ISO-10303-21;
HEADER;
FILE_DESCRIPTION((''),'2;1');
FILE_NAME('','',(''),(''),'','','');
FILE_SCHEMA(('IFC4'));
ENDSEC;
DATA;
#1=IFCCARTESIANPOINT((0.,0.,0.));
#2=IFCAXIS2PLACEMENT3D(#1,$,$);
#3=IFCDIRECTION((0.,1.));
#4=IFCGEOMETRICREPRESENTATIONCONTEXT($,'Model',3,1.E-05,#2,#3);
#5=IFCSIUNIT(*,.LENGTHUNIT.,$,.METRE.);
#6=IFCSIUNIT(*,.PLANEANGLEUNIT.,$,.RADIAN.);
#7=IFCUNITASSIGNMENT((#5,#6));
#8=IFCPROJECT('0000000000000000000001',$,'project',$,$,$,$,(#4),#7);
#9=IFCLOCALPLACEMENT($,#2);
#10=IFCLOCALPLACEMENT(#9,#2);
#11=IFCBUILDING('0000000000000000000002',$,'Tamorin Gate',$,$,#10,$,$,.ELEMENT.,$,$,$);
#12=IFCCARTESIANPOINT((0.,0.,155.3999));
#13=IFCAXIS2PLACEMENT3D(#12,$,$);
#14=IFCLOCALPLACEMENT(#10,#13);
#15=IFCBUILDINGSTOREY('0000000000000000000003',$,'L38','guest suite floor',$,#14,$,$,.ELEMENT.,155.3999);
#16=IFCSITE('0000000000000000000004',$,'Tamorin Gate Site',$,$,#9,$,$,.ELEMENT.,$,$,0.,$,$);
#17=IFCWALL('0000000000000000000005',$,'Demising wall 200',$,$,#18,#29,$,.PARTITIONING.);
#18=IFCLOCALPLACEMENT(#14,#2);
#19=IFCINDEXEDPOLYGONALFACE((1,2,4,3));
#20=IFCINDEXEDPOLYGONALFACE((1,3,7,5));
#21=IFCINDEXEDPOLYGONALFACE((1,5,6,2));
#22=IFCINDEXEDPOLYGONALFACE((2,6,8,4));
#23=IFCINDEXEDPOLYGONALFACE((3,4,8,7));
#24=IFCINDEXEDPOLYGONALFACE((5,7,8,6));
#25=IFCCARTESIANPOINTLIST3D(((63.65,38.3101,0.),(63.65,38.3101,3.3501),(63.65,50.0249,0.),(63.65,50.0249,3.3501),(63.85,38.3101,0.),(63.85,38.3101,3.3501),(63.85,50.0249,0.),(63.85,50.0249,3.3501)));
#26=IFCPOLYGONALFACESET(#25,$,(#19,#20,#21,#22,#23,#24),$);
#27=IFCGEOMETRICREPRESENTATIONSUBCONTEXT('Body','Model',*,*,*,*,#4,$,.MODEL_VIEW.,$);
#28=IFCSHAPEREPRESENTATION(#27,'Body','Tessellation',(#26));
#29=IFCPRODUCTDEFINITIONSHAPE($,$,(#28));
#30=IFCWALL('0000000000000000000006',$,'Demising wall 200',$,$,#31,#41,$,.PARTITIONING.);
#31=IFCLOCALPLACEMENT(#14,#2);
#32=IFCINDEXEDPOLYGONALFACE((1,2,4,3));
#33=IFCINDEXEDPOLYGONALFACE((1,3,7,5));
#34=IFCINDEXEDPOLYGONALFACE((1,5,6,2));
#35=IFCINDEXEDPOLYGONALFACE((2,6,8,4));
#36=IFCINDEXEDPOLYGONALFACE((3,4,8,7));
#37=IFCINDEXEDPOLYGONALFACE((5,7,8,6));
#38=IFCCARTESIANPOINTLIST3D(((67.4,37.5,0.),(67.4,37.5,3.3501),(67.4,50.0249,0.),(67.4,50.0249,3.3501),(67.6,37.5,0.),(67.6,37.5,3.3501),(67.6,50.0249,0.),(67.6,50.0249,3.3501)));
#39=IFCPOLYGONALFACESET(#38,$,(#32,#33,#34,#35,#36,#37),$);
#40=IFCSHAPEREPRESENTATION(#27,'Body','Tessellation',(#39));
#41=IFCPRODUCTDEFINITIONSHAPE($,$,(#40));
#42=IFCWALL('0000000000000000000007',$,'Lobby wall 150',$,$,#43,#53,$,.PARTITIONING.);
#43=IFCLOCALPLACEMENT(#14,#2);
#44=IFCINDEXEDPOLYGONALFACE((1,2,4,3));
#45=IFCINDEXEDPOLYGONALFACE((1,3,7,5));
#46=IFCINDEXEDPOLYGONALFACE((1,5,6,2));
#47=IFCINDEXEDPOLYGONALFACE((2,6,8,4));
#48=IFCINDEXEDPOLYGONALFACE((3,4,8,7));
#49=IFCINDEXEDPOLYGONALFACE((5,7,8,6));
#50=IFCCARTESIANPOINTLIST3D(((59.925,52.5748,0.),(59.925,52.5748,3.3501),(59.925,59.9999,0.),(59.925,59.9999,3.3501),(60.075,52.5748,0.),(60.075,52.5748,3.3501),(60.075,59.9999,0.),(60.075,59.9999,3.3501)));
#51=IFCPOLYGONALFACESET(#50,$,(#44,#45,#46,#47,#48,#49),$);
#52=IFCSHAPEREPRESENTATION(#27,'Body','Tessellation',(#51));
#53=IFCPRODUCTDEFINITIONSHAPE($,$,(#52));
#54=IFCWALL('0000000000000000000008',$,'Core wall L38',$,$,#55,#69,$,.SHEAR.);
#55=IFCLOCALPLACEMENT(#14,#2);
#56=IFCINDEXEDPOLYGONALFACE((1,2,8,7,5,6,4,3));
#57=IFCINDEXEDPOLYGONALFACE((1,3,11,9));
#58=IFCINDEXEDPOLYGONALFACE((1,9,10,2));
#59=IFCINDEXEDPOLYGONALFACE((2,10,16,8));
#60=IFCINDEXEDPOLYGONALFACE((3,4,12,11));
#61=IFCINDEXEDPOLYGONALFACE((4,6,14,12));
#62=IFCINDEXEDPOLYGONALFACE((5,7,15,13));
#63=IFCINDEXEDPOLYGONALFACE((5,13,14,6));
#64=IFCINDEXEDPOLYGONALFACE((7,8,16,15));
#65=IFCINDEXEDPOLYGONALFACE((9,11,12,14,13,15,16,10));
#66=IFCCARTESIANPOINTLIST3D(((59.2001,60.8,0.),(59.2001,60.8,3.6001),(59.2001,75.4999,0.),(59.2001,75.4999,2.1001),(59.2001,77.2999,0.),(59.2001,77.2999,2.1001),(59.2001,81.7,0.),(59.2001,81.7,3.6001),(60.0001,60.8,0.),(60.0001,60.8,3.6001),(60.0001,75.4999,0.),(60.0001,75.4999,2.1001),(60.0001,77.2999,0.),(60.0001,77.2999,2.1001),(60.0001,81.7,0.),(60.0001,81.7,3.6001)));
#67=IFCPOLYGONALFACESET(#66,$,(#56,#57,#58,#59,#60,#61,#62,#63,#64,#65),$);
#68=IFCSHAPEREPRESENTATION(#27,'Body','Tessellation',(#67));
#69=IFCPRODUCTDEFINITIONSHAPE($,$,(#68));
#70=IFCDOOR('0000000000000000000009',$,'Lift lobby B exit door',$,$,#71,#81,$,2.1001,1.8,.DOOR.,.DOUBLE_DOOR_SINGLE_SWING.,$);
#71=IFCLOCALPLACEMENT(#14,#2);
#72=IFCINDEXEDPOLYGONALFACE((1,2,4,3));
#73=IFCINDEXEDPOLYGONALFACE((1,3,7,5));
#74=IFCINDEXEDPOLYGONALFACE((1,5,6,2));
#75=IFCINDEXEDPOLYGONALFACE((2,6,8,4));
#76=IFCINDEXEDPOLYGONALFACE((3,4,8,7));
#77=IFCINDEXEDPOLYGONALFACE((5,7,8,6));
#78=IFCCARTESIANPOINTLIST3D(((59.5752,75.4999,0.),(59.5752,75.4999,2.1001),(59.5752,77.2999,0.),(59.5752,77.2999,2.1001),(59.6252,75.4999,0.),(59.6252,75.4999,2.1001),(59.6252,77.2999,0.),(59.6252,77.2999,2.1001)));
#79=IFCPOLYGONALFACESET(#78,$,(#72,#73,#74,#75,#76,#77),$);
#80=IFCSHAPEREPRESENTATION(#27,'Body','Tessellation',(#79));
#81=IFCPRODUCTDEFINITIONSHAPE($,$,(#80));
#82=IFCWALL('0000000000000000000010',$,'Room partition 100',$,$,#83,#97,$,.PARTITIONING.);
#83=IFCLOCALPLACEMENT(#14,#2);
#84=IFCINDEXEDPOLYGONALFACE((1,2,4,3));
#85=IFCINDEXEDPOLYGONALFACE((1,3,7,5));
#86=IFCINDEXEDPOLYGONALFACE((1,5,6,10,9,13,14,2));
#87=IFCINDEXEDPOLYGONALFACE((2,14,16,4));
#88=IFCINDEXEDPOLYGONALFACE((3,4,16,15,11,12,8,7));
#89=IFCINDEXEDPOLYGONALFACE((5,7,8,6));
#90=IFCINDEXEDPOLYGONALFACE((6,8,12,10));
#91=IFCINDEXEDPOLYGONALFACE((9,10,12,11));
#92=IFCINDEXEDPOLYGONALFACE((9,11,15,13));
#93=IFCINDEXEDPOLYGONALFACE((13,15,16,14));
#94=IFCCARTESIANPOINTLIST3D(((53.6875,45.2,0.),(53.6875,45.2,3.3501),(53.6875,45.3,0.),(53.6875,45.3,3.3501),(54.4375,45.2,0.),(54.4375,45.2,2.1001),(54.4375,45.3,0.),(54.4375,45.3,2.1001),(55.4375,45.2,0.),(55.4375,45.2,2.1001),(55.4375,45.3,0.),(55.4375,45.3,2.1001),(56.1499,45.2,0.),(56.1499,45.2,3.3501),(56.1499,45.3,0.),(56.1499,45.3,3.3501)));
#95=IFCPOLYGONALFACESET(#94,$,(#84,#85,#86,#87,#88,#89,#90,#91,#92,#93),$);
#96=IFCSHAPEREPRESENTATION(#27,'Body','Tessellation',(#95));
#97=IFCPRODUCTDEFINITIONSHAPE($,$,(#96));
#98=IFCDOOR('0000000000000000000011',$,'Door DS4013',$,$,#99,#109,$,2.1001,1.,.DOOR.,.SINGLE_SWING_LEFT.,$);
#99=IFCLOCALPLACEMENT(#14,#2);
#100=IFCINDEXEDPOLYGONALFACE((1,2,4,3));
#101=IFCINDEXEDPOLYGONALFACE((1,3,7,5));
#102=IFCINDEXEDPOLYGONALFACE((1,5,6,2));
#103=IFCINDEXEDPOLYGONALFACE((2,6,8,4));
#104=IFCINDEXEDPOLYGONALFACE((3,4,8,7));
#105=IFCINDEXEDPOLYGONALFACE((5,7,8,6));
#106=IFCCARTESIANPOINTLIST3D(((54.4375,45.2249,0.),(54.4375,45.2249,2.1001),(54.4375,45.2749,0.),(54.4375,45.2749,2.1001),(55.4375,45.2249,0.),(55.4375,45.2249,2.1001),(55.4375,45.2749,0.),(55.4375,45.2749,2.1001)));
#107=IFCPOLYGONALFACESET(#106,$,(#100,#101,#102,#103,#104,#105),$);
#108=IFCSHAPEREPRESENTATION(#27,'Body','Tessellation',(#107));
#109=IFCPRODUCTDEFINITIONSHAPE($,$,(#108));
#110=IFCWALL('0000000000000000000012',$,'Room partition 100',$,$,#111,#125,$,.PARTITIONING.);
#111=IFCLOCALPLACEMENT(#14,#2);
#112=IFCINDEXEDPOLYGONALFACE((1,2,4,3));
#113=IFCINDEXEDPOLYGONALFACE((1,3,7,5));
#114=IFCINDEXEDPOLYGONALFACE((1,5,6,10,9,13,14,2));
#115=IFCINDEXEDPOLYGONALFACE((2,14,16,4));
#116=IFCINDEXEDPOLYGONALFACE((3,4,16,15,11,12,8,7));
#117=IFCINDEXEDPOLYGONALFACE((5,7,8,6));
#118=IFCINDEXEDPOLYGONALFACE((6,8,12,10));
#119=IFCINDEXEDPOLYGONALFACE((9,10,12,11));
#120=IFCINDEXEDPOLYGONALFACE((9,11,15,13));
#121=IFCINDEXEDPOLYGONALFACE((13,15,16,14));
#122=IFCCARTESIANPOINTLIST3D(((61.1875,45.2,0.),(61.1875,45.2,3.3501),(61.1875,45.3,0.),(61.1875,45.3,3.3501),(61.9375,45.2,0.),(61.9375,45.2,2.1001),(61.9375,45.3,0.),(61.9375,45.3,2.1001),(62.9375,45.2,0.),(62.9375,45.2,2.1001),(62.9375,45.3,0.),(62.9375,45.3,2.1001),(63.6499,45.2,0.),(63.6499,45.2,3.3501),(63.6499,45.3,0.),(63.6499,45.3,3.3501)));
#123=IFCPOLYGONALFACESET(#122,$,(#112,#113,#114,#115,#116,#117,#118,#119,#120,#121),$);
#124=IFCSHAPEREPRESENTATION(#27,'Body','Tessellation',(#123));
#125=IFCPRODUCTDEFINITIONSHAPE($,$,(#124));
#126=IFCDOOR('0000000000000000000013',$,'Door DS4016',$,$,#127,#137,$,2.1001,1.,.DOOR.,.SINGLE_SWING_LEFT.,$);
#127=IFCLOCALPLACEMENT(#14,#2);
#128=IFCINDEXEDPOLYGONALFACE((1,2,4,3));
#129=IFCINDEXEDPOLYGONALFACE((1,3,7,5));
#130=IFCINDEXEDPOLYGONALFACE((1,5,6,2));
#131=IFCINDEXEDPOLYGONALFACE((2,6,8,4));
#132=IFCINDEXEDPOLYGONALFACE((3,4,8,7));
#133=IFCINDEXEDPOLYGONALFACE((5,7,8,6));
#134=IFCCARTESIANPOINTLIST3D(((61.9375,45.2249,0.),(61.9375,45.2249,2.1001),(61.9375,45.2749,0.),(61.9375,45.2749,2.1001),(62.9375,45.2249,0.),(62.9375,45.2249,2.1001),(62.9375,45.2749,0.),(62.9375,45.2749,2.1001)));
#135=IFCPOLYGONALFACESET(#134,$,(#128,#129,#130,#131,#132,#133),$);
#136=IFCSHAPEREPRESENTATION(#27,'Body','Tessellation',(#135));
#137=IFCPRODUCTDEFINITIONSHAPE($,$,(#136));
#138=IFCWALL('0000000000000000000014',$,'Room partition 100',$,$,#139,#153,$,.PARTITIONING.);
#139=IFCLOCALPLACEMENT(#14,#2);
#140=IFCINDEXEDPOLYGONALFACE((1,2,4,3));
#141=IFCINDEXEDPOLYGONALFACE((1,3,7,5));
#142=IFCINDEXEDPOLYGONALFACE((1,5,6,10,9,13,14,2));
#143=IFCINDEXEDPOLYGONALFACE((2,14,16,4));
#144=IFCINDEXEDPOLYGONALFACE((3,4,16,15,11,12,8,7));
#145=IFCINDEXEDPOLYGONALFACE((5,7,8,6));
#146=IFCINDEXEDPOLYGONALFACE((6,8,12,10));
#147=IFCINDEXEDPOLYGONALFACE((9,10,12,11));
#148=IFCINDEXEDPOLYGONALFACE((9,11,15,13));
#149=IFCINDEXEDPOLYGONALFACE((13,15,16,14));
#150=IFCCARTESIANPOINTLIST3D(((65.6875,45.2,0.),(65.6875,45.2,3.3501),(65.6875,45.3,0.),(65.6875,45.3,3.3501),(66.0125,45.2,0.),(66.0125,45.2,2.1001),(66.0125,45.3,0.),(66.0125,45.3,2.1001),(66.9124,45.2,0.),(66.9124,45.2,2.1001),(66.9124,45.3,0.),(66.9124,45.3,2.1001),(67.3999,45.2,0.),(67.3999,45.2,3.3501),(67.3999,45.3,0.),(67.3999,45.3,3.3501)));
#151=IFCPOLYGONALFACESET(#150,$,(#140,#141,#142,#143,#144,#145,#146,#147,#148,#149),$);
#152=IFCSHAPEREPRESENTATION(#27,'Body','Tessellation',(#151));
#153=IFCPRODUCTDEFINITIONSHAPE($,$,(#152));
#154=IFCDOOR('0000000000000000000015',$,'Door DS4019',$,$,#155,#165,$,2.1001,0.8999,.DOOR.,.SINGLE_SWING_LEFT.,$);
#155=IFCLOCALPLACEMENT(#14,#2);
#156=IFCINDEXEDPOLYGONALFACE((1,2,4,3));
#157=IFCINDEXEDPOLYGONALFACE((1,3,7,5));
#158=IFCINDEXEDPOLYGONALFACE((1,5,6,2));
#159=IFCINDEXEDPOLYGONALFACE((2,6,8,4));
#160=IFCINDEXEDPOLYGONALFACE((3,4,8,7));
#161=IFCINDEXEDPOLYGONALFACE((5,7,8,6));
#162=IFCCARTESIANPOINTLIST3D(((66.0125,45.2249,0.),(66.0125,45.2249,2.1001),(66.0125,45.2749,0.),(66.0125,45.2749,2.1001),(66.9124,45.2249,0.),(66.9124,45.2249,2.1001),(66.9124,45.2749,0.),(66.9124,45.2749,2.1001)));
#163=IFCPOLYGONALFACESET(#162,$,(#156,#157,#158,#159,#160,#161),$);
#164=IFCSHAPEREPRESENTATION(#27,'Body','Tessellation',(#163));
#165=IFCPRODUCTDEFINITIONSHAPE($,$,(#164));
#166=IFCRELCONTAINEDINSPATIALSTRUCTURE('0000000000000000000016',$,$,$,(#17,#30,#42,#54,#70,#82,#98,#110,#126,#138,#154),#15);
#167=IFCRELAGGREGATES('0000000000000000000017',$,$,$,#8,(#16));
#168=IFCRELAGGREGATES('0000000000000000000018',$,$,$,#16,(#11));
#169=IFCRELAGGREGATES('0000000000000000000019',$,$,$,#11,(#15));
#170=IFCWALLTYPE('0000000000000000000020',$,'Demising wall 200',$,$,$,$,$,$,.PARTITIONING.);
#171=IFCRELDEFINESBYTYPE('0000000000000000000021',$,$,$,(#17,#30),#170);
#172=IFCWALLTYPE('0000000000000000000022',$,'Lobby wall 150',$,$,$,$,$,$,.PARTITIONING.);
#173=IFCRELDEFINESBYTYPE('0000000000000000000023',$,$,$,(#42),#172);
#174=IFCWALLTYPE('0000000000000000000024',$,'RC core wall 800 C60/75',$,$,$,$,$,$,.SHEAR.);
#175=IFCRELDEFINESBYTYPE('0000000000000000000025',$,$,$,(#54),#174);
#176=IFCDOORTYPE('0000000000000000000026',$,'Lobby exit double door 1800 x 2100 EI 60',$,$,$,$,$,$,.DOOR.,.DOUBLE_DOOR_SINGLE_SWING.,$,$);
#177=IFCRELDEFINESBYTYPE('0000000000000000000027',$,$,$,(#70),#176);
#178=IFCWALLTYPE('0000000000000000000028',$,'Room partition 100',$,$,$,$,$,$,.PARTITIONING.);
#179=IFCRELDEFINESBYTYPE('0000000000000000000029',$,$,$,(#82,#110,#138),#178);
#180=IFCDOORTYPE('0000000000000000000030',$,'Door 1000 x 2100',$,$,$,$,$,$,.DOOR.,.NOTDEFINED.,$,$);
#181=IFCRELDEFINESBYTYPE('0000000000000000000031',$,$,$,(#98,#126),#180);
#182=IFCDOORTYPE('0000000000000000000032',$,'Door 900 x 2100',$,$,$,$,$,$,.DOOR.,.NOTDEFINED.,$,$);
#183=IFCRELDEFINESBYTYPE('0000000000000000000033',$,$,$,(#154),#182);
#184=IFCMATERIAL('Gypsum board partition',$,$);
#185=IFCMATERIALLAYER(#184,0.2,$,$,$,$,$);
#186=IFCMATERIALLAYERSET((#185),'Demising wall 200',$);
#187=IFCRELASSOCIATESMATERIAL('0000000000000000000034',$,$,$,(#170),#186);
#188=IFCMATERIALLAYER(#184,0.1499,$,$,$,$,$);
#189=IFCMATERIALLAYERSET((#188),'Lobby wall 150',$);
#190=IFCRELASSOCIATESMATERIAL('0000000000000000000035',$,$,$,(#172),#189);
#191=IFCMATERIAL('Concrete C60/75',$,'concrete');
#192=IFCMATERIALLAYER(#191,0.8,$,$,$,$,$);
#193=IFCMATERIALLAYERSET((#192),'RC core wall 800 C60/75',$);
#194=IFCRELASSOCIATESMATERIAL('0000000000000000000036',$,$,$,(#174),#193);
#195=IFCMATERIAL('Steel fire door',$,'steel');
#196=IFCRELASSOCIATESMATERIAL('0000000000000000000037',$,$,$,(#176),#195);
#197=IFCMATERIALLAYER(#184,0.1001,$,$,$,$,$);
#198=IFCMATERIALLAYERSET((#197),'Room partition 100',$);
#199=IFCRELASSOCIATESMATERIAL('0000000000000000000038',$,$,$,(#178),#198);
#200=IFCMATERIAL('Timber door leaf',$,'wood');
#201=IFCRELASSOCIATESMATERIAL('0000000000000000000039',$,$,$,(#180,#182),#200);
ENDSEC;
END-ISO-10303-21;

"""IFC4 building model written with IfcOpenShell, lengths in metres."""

from ifc_helpers import new_model, si_unit, direction, frame, frame_2d, origin, place, context, subcontext, project, spatial, rectangle, extrude, material, layer, layer_set, type_object, element, fill, save


model = new_model("IFC4")

# Units and contexts
model_context = context("Model", 3, precision=1e-05, world=origin(), true_north=direction((0.0, 1.0)))
body_context = subcontext(model_context, "Body", "Model", "MODEL_VIEW")
ifc_project = project(units=[si_unit("LENGTHUNIT", "METRE"), si_unit("PLANEANGLEUNIT", "RADIAN")], contexts=[model_context])

# Site, building, storey
site_placement = place(None, origin())
site = spatial("IfcSite", under=ifc_project, at=site_placement, Name="Tamorin Gate Site", CompositionType="ELEMENT", RefElevation=0.0)
building_placement = place(site_placement, origin())
building = spatial("IfcBuilding", under=site, at=building_placement, Name="Tamorin Gate", CompositionType="ELEMENT")
storey_placement = place(building_placement, frame((0.0, 0.0, 155.3999)))
storey = spatial("IfcBuildingStorey", under=building, at=storey_placement, Name="L38", Description="guest suite floor", CompositionType="ELEMENT", Elevation=155.3999)

# Shared definitions
ifc_material_1 = material(Name="Gypsum board partition")
ifc_material_2 = material(Name="Timber door leaf", Category="wood")

# Walls
ifc_layer_1 = layer(ifc_material_1, 0.2)
ifc_layer_set_1 = layer_set([ifc_layer_1], Name="Demising wall 200")
wall_type_1 = type_object("IfcWallType", Name="Demising wall 200", PredefinedType="PARTITIONING", material=ifc_layer_set_1)
for number, where, z_axis, x_axis, name in (
    (1, (63.75, 38.3101, 0.0), (0.0, 0.0, 1.0), (0.0, 1.0, 0.0), "Demising wall 200"),
):
    element("IfcWall", number, at=place(storey_placement, frame(where, z_axis=z_axis, x_axis=x_axis)), inside=storey, type_object=wall_type_1, Name=name, PredefinedType="PARTITIONING", context=body_context, shape_type="SweptSolid", body=[
        extrude(rectangle(XDim=11.7148, YDim=0.2, at=frame_2d((5.8574, 0.0))), origin(), (0.0, 0.0, 1.0), 3.3501),
    ])
wall_1_placement = place(storey_placement, frame((67.5, 37.5, 0.0), z_axis=(0.0, 0.0, 1.0), x_axis=(0.0, 1.0, 0.0)))
element("IfcWall", 2, at=wall_1_placement, inside=storey, type_object=wall_type_1, Name="Demising wall 200", PredefinedType="PARTITIONING", context=body_context, shape_type="SweptSolid", body=[
    extrude(rectangle(XDim=12.5249, YDim=0.2, at=frame_2d((6.2625, 0.0))), origin(), (0.0, 0.0, 1.0), 3.3501),
])
ifc_layer_2 = layer(ifc_material_1, 0.1499)
ifc_layer_set_2 = layer_set([ifc_layer_2], Name="Lobby wall 150")
wall_type_2 = type_object("IfcWallType", Name="Lobby wall 150", PredefinedType="PARTITIONING", material=ifc_layer_set_2)
wall_2_placement = place(storey_placement, frame((60.0, 52.575, 0.0), z_axis=(0.0, 0.0, 1.0), x_axis=(0.0, 1.0, 0.0)))
element("IfcWall", 3, at=wall_2_placement, inside=storey, type_object=wall_type_2, Name="Lobby wall 150", PredefinedType="PARTITIONING", context=body_context, shape_type="SweptSolid", body=[
    extrude(rectangle(XDim=7.425, YDim=0.1499, at=frame_2d((3.7124, 0.0))), origin(), (0.0, 0.0, 1.0), 3.3501),
])

# Walls, openings, doors
ifc_material_3 = material(Name="Concrete C60/75", Category="concrete")
ifc_layer_3 = layer(ifc_material_3, 0.8)
ifc_layer_set_3 = layer_set([ifc_layer_3], Name="RC core wall 800 C60/75")
wall_type_3 = type_object("IfcWallType", Name="RC core wall 800 C60/75", PredefinedType="SHEAR", material=ifc_layer_set_3)
wall_3_placement = place(storey_placement, frame((59.6001, 60.8, 0.0), z_axis=(0.0, 0.0, 1.0), x_axis=(0.0, 1.0, 0.0)))
wall_3 = element("IfcWall", 4, at=wall_3_placement, inside=storey, type_object=wall_type_3, Name="Core wall L38", PredefinedType="SHEAR", context=body_context, shape_type="SweptSolid", body=[
    extrude(rectangle(XDim=20.8999, YDim=0.8, at=frame_2d((10.45, 0.0))), origin(), (0.0, 0.0, 1.0), 3.6001),
])
opening_1_placement = place(wall_3_placement, frame((14.7, 0.0, 0.0)))
opening_1 = element("IfcOpeningElement", 5, at=opening_1_placement, cuts=wall_3, PredefinedType="OPENING", context=body_context, shape_type="SweptSolid", body=[
    extrude(rectangle(XDim=1.8, YDim=2.1001, at=frame_2d((0.8999, 1.05))), frame((0.0, 0.4099, 0.0), z_axis=(0.0, -1.0, 0.0), x_axis=(1.0, 0.0, 0.0)), (0.0, 0.0, 1.0), 0.8201),
])
ifc_material_4 = material(Name="Steel fire door", Category="steel")
door_type_1 = type_object("IfcDoorType", Name="Lobby exit double door 1800 x 2100 EI 60", OperationType="DOUBLE_DOOR_SINGLE_SWING", PredefinedType="DOOR", material=ifc_material_4)
door_1_placement = place(opening_1_placement, origin())
door_1 = element("IfcDoor", 6, at=door_1_placement, inside=storey, type_object=door_type_1, Name="Lift lobby B exit door", OperationType="DOUBLE_DOOR_SINGLE_SWING", OverallHeight=2.1001, OverallWidth=1.8, PredefinedType="DOOR", context=body_context, shape_type="SweptSolid", body=[
    extrude(rectangle(XDim=1.8, YDim=2.1001, at=frame_2d((0.8999, 1.05))), frame((0.0, 0.0249, 0.0), z_axis=(0.0, -1.0, 0.0), x_axis=(1.0, 0.0, 0.0)), (0.0, 0.0, 1.0), 0.05),
])
fill(opening_1, door_1)
ifc_layer_4 = layer(ifc_material_1, 0.1001)
ifc_layer_set_4 = layer_set([ifc_layer_4], Name="Room partition 100")
wall_type_4 = type_object("IfcWallType", Name="Room partition 100", PredefinedType="PARTITIONING", material=ifc_layer_set_4)
wall_4_placement = place(storey_placement, frame((53.6875, 45.25, 0.0), z_axis=(0.0, 0.0, 1.0), x_axis=(1.0, 0.0, 0.0)))
wall_4 = element("IfcWall", 7, at=wall_4_placement, inside=storey, type_object=wall_type_4, Name="Room partition 100", PredefinedType="PARTITIONING", context=body_context, shape_type="SweptSolid", body=[
    extrude(rectangle(XDim=2.4624, YDim=0.1001, at=frame_2d((1.2312, 0.0))), origin(), (0.0, 0.0, 1.0), 3.3501),
])
opening_2_placement = place(wall_4_placement, frame((0.75, 0.0, 0.0)))
opening_2 = element("IfcOpeningElement", 8, at=opening_2_placement, cuts=wall_4, PredefinedType="OPENING", context=body_context, shape_type="SweptSolid", body=[
    extrude(rectangle(XDim=1.0, YDim=2.1001, at=frame_2d((0.5, 1.05))), frame((0.0, 0.0601, 0.0), z_axis=(0.0, -1.0, 0.0), x_axis=(1.0, 0.0, 0.0)), (0.0, 0.0, 1.0), 0.1201),
])
door_type_2 = type_object("IfcDoorType", Name="Door 1000 x 2100", OperationType="NOTDEFINED", PredefinedType="DOOR", material=ifc_material_2)
door_2_placement = place(opening_2_placement, origin())
door_2 = element("IfcDoor", 9, at=door_2_placement, inside=storey, type_object=door_type_2, Name="Door DS4013", OperationType="SINGLE_SWING_LEFT", OverallHeight=2.1001, OverallWidth=1.0, PredefinedType="DOOR", context=body_context, shape_type="SweptSolid", body=[
    extrude(rectangle(XDim=1.0, YDim=2.1001, at=frame_2d((0.5, 1.05))), frame((0.0, 0.0249, 0.0), z_axis=(0.0, -1.0, 0.0), x_axis=(1.0, 0.0, 0.0)), (0.0, 0.0, 1.0), 0.05),
])
fill(opening_2, door_2)
wall_5_placement = place(storey_placement, frame((61.1875, 45.25, 0.0), z_axis=(0.0, 0.0, 1.0), x_axis=(1.0, 0.0, 0.0)))
wall_5 = element("IfcWall", 10, at=wall_5_placement, inside=storey, type_object=wall_type_4, Name="Room partition 100", PredefinedType="PARTITIONING", context=body_context, shape_type="SweptSolid", body=[
    extrude(rectangle(XDim=2.4624, YDim=0.1001, at=frame_2d((1.2312, 0.0))), origin(), (0.0, 0.0, 1.0), 3.3501),
])
opening_3_placement = place(wall_5_placement, frame((0.75, 0.0, 0.0)))
opening_3 = element("IfcOpeningElement", 11, at=opening_3_placement, cuts=wall_5, PredefinedType="OPENING", context=body_context, shape_type="SweptSolid", body=[
    extrude(rectangle(XDim=1.0, YDim=2.1001, at=frame_2d((0.5, 1.05))), frame((0.0, 0.0601, 0.0), z_axis=(0.0, -1.0, 0.0), x_axis=(1.0, 0.0, 0.0)), (0.0, 0.0, 1.0), 0.1201),
])
door_3_placement = place(opening_3_placement, origin())
door_3 = element("IfcDoor", 12, at=door_3_placement, inside=storey, type_object=door_type_2, Name="Door DS4016", OperationType="SINGLE_SWING_LEFT", OverallHeight=2.1001, OverallWidth=1.0, PredefinedType="DOOR", context=body_context, shape_type="SweptSolid", body=[
    extrude(rectangle(XDim=1.0, YDim=2.1001, at=frame_2d((0.5, 1.05))), frame((0.0, 0.0249, 0.0), z_axis=(0.0, -1.0, 0.0), x_axis=(1.0, 0.0, 0.0)), (0.0, 0.0, 1.0), 0.05),
])
fill(opening_3, door_3)
wall_6_placement = place(storey_placement, frame((65.6875, 45.25, 0.0), z_axis=(0.0, 0.0, 1.0), x_axis=(1.0, 0.0, 0.0)))
wall_6 = element("IfcWall", 13, at=wall_6_placement, inside=storey, type_object=wall_type_4, Name="Room partition 100", PredefinedType="PARTITIONING", context=body_context, shape_type="SweptSolid", body=[
    extrude(rectangle(XDim=1.7124, YDim=0.1001, at=frame_2d((0.8562, 0.0))), origin(), (0.0, 0.0, 1.0), 3.3501),
])
opening_4_placement = place(wall_6_placement, frame((0.325, 0.0, 0.0)))
opening_4 = element("IfcOpeningElement", 14, at=opening_4_placement, cuts=wall_6, PredefinedType="OPENING", context=body_context, shape_type="SweptSolid", body=[
    extrude(rectangle(XDim=0.8999, YDim=2.1001, at=frame_2d((0.45, 1.05))), frame((0.0, 0.0601, 0.0), z_axis=(0.0, -1.0, 0.0), x_axis=(1.0, 0.0, 0.0)), (0.0, 0.0, 1.0), 0.1201),
])
door_type_3 = type_object("IfcDoorType", Name="Door 900 x 2100", OperationType="NOTDEFINED", PredefinedType="DOOR", material=ifc_material_2)
door_4_placement = place(opening_4_placement, origin())
door_4 = element("IfcDoor", 15, at=door_4_placement, inside=storey, type_object=door_type_3, Name="Door DS4019", OperationType="SINGLE_SWING_LEFT", OverallHeight=2.1001, OverallWidth=0.8999, PredefinedType="DOOR", context=body_context, shape_type="SweptSolid", body=[
    extrude(rectangle(XDim=0.8999, YDim=2.1001, at=frame_2d((0.45, 1.05))), frame((0.0, 0.0249, 0.0), z_axis=(0.0, -1.0, 0.0), x_axis=(1.0, 0.0, 0.0)), (0.0, 0.0, 1.0), 0.05),
])
fill(opening_4, door_4)

save(model, "model.ifc")
